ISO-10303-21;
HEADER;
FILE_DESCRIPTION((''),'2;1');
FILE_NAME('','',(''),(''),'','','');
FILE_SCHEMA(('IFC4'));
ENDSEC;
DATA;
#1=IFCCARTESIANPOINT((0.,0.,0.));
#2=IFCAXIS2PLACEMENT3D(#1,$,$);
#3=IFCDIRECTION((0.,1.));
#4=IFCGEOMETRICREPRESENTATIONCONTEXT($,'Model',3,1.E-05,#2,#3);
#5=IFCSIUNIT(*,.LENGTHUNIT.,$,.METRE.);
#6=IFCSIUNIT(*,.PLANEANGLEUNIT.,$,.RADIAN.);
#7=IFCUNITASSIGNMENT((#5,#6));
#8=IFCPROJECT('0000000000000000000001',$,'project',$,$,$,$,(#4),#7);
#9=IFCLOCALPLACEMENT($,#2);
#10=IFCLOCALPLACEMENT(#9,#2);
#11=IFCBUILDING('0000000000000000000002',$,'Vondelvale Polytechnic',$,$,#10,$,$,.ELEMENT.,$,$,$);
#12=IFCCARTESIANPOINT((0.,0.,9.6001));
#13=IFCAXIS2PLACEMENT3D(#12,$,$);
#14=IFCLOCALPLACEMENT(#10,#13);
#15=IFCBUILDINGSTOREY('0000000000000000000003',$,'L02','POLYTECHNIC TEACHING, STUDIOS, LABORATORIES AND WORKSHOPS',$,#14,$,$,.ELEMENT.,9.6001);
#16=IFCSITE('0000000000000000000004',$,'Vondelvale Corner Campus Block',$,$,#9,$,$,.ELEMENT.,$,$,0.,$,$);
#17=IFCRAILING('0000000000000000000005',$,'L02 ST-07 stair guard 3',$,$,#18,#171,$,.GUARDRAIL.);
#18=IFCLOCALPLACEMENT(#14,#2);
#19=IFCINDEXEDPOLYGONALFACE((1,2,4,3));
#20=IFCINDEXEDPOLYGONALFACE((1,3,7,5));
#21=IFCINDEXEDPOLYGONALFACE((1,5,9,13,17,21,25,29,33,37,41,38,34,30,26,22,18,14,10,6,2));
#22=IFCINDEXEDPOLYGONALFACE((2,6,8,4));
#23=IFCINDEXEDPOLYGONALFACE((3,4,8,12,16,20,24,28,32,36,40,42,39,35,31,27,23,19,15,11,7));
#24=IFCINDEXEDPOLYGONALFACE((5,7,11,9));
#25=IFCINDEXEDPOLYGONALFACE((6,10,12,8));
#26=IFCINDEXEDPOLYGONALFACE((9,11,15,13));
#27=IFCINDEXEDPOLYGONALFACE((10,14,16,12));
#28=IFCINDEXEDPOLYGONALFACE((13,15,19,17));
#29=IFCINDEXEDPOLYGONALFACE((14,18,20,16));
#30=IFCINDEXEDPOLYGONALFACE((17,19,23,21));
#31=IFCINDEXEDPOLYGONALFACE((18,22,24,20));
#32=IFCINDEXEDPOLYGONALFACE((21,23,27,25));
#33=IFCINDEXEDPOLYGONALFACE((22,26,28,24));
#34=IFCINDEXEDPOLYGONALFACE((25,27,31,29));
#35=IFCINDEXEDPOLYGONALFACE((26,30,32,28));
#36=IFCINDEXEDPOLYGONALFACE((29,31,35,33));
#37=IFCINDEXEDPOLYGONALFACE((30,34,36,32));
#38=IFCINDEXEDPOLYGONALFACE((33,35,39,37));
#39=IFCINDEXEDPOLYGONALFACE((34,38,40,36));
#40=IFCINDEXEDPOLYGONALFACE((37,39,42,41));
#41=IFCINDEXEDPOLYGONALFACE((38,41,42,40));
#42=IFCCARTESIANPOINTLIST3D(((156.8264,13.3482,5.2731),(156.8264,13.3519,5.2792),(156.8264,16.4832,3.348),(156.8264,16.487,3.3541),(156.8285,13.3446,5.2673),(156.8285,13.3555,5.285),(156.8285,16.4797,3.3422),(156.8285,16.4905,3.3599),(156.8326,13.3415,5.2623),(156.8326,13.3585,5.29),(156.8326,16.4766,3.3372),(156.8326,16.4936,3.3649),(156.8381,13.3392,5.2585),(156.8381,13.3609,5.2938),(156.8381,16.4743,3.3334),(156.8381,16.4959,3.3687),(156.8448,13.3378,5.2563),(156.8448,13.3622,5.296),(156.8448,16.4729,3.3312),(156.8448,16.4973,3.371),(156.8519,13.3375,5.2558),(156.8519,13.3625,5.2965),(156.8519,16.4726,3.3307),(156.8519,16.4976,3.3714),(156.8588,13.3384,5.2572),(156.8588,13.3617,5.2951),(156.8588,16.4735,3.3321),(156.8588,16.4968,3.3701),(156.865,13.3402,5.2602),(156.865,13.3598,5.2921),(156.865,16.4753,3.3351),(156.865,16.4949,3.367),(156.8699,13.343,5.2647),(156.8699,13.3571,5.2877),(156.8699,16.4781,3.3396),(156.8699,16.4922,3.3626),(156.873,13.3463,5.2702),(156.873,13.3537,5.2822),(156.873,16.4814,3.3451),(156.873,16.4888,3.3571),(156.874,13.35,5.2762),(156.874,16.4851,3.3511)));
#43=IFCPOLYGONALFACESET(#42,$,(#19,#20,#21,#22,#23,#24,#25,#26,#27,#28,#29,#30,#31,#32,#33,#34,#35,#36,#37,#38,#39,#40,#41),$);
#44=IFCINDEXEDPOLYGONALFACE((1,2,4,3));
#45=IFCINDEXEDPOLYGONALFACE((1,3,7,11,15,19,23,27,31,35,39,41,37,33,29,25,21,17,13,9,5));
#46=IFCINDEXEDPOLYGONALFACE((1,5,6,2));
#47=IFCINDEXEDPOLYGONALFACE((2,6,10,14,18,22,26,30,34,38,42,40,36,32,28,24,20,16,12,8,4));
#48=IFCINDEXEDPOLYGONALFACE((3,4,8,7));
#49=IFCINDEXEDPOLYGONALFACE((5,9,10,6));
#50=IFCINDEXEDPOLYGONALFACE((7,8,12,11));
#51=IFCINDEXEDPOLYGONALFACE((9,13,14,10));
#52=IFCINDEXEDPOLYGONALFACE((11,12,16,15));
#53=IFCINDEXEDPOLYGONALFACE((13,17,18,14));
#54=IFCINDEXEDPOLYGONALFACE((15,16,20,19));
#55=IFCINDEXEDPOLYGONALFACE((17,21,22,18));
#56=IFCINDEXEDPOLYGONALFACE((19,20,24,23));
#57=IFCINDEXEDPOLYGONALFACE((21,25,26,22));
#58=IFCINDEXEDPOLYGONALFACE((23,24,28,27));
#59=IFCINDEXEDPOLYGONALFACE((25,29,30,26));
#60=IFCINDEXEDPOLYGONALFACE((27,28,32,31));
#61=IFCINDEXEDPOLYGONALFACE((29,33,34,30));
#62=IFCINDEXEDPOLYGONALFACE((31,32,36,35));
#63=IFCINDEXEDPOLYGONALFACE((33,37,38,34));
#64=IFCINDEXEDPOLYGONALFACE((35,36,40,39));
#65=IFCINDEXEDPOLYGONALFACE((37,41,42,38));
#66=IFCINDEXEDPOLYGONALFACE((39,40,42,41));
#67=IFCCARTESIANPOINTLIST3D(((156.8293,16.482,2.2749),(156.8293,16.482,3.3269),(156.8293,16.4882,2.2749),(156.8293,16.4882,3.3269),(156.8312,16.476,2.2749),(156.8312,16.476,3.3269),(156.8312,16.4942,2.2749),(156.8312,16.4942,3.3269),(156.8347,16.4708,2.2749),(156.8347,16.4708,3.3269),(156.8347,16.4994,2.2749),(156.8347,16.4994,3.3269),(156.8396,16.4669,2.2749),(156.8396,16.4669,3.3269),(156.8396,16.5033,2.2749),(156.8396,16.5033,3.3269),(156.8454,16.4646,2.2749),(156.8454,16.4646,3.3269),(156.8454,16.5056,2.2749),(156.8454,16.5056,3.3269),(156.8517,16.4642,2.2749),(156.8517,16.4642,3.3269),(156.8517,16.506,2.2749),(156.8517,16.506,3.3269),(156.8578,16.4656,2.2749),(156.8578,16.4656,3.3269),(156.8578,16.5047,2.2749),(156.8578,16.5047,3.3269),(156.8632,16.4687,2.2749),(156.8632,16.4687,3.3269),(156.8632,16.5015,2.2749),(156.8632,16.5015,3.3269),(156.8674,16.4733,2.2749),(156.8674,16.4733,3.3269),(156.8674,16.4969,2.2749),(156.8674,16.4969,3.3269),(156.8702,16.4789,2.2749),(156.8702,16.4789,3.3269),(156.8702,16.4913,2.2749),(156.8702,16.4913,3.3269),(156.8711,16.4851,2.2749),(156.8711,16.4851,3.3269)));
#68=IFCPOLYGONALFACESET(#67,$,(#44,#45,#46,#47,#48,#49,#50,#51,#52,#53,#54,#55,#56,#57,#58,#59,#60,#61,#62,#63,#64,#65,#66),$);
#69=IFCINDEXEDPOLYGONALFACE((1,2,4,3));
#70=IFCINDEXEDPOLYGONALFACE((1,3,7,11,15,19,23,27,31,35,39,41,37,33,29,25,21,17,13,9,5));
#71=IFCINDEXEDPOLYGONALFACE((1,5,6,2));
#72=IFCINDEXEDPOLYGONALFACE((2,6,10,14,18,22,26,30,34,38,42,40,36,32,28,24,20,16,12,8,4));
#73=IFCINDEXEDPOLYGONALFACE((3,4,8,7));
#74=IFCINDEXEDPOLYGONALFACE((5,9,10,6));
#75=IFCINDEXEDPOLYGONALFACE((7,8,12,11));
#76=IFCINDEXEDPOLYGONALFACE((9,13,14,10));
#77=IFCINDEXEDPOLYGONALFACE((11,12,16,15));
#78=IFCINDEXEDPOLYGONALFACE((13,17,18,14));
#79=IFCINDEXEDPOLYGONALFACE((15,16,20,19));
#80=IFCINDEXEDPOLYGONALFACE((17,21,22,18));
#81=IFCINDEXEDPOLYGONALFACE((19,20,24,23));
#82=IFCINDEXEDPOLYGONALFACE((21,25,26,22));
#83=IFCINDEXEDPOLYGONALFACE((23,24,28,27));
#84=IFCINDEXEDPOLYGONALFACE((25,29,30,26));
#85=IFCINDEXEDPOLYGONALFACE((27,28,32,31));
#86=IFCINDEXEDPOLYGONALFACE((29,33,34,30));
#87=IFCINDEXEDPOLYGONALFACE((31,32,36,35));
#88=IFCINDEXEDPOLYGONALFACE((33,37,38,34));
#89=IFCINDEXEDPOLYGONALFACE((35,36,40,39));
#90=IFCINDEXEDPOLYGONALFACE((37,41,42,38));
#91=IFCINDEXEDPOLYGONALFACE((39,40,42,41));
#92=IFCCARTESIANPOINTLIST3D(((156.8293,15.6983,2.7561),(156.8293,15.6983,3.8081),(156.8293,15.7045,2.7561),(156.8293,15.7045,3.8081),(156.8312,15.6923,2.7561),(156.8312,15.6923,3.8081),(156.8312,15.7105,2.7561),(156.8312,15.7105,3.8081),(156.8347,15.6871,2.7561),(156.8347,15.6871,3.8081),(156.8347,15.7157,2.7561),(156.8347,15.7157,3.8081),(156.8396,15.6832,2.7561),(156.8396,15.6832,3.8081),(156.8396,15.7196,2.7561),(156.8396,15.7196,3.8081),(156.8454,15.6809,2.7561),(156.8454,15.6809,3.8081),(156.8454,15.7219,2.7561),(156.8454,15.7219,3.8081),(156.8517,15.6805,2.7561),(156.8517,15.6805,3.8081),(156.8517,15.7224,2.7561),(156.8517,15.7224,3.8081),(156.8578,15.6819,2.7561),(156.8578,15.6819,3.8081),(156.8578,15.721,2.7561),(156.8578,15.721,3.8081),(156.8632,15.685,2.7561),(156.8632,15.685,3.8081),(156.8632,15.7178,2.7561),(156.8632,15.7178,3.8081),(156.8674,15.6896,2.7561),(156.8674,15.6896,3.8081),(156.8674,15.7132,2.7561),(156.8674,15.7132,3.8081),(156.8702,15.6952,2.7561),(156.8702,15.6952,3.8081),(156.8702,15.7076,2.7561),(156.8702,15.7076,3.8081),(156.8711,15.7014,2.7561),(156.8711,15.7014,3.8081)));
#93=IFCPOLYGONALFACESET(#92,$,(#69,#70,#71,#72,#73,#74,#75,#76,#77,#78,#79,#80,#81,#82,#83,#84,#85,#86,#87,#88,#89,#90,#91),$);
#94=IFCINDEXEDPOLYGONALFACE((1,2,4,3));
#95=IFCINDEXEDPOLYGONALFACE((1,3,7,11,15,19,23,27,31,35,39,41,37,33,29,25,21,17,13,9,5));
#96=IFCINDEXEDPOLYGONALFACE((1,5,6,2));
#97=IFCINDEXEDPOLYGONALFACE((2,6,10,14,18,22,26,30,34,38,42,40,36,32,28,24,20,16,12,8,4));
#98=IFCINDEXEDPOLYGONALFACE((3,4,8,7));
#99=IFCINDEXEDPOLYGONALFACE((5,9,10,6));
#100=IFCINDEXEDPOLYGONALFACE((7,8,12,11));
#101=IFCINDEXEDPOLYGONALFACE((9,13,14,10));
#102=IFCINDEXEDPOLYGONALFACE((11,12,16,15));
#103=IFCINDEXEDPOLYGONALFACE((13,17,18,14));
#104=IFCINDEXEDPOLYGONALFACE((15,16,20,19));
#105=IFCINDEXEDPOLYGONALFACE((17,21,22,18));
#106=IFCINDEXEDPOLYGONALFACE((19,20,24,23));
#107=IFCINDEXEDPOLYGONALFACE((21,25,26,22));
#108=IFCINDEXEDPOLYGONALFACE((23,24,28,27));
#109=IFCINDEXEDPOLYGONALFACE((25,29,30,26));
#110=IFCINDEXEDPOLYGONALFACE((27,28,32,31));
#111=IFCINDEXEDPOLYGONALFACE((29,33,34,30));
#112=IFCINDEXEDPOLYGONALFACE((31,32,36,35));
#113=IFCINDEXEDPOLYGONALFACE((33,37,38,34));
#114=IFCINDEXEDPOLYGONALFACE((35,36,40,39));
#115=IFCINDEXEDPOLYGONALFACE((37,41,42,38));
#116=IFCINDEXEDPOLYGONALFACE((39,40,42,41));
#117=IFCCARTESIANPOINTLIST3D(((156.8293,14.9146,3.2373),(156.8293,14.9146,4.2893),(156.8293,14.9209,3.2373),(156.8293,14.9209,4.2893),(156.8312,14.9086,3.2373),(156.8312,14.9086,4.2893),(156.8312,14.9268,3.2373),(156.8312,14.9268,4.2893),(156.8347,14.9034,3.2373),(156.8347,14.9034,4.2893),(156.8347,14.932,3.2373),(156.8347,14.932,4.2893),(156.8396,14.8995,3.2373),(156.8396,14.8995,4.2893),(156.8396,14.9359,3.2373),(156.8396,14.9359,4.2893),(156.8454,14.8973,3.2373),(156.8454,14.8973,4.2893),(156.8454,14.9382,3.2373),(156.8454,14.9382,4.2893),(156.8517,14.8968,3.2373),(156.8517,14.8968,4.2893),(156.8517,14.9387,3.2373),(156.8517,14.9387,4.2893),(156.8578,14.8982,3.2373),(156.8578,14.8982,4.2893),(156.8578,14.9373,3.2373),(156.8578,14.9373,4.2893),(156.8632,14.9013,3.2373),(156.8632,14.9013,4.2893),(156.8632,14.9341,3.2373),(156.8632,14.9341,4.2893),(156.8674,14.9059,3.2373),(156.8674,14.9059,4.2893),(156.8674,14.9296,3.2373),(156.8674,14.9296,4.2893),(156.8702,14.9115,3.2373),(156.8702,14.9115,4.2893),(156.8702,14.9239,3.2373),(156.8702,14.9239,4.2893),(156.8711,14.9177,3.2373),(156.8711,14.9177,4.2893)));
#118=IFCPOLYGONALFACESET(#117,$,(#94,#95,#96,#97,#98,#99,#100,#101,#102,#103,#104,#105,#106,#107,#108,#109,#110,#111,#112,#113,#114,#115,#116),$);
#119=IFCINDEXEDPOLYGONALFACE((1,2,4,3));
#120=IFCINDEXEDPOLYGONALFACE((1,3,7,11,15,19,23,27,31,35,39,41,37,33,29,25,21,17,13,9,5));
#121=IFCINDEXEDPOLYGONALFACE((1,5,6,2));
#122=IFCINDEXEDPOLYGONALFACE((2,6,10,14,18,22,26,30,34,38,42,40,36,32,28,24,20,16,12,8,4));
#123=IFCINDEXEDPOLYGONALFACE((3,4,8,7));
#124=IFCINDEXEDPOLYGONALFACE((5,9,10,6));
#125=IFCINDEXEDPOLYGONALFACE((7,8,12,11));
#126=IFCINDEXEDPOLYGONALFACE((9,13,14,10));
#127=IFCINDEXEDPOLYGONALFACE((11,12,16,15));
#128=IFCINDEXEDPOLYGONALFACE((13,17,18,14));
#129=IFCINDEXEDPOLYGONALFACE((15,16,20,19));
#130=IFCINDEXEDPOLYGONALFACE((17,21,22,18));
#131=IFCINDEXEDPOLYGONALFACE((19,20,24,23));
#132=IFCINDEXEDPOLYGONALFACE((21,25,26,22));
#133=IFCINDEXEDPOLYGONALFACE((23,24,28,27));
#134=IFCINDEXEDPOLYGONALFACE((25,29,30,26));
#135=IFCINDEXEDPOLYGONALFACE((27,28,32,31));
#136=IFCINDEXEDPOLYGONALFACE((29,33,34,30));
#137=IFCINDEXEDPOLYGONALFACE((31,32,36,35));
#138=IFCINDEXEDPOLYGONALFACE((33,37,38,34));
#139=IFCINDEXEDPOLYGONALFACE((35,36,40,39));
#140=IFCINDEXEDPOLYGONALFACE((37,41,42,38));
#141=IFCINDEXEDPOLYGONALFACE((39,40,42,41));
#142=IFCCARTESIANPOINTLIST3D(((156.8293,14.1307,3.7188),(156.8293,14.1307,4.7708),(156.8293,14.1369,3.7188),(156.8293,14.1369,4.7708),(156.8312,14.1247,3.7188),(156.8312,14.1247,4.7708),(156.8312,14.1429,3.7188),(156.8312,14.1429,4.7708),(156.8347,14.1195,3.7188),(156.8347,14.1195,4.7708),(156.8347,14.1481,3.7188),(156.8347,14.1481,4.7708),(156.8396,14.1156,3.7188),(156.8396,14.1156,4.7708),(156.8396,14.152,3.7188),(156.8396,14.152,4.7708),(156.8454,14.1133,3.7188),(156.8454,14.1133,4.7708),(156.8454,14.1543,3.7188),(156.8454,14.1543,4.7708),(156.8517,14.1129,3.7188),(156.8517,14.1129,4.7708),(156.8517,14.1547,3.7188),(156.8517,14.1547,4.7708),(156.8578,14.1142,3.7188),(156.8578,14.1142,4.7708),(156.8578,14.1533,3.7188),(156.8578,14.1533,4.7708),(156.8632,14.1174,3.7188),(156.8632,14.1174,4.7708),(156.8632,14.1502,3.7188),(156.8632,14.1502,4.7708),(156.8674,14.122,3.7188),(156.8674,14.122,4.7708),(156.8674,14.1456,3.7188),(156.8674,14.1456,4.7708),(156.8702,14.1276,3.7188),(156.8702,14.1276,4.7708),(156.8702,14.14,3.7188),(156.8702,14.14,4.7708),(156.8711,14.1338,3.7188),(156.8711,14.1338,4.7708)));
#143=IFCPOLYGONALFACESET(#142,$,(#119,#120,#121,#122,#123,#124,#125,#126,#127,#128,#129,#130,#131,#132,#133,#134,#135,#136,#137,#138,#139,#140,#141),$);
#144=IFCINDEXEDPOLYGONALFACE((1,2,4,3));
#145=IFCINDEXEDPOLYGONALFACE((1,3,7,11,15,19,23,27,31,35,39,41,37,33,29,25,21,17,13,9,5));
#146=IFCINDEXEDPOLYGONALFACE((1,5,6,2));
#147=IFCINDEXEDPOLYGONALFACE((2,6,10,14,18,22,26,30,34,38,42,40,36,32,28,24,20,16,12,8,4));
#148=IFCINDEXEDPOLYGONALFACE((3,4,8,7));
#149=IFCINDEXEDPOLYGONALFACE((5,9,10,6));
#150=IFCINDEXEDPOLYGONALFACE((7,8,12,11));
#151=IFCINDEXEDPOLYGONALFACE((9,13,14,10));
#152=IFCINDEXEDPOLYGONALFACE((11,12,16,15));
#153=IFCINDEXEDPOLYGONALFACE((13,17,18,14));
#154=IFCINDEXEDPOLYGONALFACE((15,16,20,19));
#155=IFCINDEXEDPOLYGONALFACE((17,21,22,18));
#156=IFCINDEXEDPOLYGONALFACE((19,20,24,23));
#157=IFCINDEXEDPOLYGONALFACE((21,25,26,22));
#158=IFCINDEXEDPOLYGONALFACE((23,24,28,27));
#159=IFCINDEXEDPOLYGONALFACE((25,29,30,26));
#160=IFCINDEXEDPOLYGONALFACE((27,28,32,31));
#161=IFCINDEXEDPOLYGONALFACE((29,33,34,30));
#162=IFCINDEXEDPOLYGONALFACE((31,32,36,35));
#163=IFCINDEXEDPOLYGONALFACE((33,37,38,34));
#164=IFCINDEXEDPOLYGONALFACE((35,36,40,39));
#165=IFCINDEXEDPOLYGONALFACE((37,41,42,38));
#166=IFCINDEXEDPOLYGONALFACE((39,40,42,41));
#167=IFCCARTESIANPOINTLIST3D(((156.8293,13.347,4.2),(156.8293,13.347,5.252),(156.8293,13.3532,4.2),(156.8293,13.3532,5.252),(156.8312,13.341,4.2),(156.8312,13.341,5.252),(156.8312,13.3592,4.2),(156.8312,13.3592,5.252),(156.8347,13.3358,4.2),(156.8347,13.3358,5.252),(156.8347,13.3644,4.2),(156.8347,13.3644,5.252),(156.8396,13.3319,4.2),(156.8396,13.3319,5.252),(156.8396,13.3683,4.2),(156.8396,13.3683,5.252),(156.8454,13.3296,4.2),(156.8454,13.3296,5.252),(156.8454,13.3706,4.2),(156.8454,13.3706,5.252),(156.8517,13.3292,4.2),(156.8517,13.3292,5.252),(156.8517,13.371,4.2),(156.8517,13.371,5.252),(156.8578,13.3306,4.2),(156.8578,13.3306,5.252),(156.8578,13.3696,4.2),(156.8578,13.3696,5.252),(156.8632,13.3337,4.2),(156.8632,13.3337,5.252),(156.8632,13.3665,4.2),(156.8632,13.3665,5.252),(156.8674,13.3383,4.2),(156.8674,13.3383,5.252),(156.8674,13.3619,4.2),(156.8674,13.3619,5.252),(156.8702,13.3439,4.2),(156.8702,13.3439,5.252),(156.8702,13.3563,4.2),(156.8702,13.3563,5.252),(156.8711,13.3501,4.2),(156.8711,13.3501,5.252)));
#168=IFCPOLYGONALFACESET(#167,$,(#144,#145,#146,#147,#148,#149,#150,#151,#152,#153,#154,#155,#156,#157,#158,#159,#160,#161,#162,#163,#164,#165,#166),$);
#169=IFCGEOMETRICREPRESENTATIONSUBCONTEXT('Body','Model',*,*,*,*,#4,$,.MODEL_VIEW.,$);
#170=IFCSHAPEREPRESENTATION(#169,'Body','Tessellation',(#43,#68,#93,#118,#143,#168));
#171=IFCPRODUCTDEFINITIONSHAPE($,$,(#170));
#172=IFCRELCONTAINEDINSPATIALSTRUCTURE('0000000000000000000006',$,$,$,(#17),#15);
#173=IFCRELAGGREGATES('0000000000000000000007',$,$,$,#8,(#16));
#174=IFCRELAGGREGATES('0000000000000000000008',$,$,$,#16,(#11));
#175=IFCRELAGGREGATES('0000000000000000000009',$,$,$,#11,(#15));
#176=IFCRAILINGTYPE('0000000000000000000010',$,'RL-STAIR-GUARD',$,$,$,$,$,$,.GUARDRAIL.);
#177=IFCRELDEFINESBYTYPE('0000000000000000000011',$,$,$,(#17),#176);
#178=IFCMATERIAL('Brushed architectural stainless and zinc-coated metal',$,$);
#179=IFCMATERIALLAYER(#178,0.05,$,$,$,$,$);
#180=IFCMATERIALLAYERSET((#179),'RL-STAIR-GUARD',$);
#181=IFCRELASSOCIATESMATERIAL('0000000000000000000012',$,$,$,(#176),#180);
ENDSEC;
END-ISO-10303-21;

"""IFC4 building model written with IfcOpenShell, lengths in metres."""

from ifc_helpers import new_model, si_unit, direction, frame, origin, origin_2d, place, context, subcontext, project, spatial, circle, extrude, material, layer, layer_set, type_object, element, save


model = new_model("IFC4")

# Units and contexts
model_context = context("Model", 3, precision=1e-05, world=origin(), true_north=direction((0.0, 1.0)))
body_context = subcontext(model_context, "Body", "Model", "MODEL_VIEW")
ifc_project = project(units=[si_unit("LENGTHUNIT", "METRE"), si_unit("PLANEANGLEUNIT", "RADIAN")], contexts=[model_context])

# Site, building, storey
site_placement = place(None, origin())
site = spatial("IfcSite", under=ifc_project, at=site_placement, Name="Vondelvale Corner Campus Block", CompositionType="ELEMENT", RefElevation=0.0)
building_placement = place(site_placement, origin())
building = spatial("IfcBuilding", under=site, at=building_placement, Name="Vondelvale Polytechnic", CompositionType="ELEMENT")
storey_placement = place(building_placement, frame((0.0, 0.0, 9.6001)))
storey = spatial("IfcBuildingStorey", under=building, at=storey_placement, Name="L02", Description="POLYTECHNIC TEACHING, STUDIOS, LABORATORIES AND WORKSHOPS", CompositionType="ELEMENT", Elevation=9.6001)

# Railing
ifc_material_1 = material(Name="Brushed architectural stainless and zinc-coated metal")
ifc_layer_1 = layer(ifc_material_1, 0.05)
ifc_layer_set_1 = layer_set([ifc_layer_1], Name="RL-STAIR-GUARD")
railing_type_1 = type_object("IfcRailingType", Name="RL-STAIR-GUARD", PredefinedType="GUARDRAIL", material=ifc_layer_set_1)
railing_1_placement = place(storey_placement, frame((156.8501, 16.4851, 2.2749)))
element("IfcRailing", 1, at=railing_1_placement, inside=storey, type_object=railing_type_1, Name="L02 ST-07 stair guard 3", PredefinedType="GUARDRAIL", context=body_context, shape_type="SweptSolid", body=[
    extrude(circle(Radius=0.0239, at=origin_2d()), frame((0.0, 0.0, 1.0762), z_axis=(0.0, -0.852166, 0.523271), x_axis=(1.0, 0.0, 0.0)), (0.0, 0.0, 1.0), 3.679),
    extrude(circle(Radius=0.021, at=origin_2d()), origin(), (0.0, 0.0, 1.0), 1.052),
    extrude(circle(Radius=0.021, at=origin_2d()), frame((0.0, -0.7837, 0.4812)), (0.0, 0.0, 1.0), 1.052),
    extrude(circle(Radius=0.021, at=origin_2d()), frame((0.0, -1.5674, 0.9624)), (0.0, 0.0, 1.0), 1.052),
    extrude(circle(Radius=0.021, at=origin_2d()), frame((0.0, -2.3513, 1.4438)), (0.0, 0.0, 1.0), 1.052),
    extrude(circle(Radius=0.021, at=origin_2d()), frame((0.0, -3.135, 1.925)), (0.0, 0.0, 1.0), 1.052),
])

save(model, "model.ifc")
